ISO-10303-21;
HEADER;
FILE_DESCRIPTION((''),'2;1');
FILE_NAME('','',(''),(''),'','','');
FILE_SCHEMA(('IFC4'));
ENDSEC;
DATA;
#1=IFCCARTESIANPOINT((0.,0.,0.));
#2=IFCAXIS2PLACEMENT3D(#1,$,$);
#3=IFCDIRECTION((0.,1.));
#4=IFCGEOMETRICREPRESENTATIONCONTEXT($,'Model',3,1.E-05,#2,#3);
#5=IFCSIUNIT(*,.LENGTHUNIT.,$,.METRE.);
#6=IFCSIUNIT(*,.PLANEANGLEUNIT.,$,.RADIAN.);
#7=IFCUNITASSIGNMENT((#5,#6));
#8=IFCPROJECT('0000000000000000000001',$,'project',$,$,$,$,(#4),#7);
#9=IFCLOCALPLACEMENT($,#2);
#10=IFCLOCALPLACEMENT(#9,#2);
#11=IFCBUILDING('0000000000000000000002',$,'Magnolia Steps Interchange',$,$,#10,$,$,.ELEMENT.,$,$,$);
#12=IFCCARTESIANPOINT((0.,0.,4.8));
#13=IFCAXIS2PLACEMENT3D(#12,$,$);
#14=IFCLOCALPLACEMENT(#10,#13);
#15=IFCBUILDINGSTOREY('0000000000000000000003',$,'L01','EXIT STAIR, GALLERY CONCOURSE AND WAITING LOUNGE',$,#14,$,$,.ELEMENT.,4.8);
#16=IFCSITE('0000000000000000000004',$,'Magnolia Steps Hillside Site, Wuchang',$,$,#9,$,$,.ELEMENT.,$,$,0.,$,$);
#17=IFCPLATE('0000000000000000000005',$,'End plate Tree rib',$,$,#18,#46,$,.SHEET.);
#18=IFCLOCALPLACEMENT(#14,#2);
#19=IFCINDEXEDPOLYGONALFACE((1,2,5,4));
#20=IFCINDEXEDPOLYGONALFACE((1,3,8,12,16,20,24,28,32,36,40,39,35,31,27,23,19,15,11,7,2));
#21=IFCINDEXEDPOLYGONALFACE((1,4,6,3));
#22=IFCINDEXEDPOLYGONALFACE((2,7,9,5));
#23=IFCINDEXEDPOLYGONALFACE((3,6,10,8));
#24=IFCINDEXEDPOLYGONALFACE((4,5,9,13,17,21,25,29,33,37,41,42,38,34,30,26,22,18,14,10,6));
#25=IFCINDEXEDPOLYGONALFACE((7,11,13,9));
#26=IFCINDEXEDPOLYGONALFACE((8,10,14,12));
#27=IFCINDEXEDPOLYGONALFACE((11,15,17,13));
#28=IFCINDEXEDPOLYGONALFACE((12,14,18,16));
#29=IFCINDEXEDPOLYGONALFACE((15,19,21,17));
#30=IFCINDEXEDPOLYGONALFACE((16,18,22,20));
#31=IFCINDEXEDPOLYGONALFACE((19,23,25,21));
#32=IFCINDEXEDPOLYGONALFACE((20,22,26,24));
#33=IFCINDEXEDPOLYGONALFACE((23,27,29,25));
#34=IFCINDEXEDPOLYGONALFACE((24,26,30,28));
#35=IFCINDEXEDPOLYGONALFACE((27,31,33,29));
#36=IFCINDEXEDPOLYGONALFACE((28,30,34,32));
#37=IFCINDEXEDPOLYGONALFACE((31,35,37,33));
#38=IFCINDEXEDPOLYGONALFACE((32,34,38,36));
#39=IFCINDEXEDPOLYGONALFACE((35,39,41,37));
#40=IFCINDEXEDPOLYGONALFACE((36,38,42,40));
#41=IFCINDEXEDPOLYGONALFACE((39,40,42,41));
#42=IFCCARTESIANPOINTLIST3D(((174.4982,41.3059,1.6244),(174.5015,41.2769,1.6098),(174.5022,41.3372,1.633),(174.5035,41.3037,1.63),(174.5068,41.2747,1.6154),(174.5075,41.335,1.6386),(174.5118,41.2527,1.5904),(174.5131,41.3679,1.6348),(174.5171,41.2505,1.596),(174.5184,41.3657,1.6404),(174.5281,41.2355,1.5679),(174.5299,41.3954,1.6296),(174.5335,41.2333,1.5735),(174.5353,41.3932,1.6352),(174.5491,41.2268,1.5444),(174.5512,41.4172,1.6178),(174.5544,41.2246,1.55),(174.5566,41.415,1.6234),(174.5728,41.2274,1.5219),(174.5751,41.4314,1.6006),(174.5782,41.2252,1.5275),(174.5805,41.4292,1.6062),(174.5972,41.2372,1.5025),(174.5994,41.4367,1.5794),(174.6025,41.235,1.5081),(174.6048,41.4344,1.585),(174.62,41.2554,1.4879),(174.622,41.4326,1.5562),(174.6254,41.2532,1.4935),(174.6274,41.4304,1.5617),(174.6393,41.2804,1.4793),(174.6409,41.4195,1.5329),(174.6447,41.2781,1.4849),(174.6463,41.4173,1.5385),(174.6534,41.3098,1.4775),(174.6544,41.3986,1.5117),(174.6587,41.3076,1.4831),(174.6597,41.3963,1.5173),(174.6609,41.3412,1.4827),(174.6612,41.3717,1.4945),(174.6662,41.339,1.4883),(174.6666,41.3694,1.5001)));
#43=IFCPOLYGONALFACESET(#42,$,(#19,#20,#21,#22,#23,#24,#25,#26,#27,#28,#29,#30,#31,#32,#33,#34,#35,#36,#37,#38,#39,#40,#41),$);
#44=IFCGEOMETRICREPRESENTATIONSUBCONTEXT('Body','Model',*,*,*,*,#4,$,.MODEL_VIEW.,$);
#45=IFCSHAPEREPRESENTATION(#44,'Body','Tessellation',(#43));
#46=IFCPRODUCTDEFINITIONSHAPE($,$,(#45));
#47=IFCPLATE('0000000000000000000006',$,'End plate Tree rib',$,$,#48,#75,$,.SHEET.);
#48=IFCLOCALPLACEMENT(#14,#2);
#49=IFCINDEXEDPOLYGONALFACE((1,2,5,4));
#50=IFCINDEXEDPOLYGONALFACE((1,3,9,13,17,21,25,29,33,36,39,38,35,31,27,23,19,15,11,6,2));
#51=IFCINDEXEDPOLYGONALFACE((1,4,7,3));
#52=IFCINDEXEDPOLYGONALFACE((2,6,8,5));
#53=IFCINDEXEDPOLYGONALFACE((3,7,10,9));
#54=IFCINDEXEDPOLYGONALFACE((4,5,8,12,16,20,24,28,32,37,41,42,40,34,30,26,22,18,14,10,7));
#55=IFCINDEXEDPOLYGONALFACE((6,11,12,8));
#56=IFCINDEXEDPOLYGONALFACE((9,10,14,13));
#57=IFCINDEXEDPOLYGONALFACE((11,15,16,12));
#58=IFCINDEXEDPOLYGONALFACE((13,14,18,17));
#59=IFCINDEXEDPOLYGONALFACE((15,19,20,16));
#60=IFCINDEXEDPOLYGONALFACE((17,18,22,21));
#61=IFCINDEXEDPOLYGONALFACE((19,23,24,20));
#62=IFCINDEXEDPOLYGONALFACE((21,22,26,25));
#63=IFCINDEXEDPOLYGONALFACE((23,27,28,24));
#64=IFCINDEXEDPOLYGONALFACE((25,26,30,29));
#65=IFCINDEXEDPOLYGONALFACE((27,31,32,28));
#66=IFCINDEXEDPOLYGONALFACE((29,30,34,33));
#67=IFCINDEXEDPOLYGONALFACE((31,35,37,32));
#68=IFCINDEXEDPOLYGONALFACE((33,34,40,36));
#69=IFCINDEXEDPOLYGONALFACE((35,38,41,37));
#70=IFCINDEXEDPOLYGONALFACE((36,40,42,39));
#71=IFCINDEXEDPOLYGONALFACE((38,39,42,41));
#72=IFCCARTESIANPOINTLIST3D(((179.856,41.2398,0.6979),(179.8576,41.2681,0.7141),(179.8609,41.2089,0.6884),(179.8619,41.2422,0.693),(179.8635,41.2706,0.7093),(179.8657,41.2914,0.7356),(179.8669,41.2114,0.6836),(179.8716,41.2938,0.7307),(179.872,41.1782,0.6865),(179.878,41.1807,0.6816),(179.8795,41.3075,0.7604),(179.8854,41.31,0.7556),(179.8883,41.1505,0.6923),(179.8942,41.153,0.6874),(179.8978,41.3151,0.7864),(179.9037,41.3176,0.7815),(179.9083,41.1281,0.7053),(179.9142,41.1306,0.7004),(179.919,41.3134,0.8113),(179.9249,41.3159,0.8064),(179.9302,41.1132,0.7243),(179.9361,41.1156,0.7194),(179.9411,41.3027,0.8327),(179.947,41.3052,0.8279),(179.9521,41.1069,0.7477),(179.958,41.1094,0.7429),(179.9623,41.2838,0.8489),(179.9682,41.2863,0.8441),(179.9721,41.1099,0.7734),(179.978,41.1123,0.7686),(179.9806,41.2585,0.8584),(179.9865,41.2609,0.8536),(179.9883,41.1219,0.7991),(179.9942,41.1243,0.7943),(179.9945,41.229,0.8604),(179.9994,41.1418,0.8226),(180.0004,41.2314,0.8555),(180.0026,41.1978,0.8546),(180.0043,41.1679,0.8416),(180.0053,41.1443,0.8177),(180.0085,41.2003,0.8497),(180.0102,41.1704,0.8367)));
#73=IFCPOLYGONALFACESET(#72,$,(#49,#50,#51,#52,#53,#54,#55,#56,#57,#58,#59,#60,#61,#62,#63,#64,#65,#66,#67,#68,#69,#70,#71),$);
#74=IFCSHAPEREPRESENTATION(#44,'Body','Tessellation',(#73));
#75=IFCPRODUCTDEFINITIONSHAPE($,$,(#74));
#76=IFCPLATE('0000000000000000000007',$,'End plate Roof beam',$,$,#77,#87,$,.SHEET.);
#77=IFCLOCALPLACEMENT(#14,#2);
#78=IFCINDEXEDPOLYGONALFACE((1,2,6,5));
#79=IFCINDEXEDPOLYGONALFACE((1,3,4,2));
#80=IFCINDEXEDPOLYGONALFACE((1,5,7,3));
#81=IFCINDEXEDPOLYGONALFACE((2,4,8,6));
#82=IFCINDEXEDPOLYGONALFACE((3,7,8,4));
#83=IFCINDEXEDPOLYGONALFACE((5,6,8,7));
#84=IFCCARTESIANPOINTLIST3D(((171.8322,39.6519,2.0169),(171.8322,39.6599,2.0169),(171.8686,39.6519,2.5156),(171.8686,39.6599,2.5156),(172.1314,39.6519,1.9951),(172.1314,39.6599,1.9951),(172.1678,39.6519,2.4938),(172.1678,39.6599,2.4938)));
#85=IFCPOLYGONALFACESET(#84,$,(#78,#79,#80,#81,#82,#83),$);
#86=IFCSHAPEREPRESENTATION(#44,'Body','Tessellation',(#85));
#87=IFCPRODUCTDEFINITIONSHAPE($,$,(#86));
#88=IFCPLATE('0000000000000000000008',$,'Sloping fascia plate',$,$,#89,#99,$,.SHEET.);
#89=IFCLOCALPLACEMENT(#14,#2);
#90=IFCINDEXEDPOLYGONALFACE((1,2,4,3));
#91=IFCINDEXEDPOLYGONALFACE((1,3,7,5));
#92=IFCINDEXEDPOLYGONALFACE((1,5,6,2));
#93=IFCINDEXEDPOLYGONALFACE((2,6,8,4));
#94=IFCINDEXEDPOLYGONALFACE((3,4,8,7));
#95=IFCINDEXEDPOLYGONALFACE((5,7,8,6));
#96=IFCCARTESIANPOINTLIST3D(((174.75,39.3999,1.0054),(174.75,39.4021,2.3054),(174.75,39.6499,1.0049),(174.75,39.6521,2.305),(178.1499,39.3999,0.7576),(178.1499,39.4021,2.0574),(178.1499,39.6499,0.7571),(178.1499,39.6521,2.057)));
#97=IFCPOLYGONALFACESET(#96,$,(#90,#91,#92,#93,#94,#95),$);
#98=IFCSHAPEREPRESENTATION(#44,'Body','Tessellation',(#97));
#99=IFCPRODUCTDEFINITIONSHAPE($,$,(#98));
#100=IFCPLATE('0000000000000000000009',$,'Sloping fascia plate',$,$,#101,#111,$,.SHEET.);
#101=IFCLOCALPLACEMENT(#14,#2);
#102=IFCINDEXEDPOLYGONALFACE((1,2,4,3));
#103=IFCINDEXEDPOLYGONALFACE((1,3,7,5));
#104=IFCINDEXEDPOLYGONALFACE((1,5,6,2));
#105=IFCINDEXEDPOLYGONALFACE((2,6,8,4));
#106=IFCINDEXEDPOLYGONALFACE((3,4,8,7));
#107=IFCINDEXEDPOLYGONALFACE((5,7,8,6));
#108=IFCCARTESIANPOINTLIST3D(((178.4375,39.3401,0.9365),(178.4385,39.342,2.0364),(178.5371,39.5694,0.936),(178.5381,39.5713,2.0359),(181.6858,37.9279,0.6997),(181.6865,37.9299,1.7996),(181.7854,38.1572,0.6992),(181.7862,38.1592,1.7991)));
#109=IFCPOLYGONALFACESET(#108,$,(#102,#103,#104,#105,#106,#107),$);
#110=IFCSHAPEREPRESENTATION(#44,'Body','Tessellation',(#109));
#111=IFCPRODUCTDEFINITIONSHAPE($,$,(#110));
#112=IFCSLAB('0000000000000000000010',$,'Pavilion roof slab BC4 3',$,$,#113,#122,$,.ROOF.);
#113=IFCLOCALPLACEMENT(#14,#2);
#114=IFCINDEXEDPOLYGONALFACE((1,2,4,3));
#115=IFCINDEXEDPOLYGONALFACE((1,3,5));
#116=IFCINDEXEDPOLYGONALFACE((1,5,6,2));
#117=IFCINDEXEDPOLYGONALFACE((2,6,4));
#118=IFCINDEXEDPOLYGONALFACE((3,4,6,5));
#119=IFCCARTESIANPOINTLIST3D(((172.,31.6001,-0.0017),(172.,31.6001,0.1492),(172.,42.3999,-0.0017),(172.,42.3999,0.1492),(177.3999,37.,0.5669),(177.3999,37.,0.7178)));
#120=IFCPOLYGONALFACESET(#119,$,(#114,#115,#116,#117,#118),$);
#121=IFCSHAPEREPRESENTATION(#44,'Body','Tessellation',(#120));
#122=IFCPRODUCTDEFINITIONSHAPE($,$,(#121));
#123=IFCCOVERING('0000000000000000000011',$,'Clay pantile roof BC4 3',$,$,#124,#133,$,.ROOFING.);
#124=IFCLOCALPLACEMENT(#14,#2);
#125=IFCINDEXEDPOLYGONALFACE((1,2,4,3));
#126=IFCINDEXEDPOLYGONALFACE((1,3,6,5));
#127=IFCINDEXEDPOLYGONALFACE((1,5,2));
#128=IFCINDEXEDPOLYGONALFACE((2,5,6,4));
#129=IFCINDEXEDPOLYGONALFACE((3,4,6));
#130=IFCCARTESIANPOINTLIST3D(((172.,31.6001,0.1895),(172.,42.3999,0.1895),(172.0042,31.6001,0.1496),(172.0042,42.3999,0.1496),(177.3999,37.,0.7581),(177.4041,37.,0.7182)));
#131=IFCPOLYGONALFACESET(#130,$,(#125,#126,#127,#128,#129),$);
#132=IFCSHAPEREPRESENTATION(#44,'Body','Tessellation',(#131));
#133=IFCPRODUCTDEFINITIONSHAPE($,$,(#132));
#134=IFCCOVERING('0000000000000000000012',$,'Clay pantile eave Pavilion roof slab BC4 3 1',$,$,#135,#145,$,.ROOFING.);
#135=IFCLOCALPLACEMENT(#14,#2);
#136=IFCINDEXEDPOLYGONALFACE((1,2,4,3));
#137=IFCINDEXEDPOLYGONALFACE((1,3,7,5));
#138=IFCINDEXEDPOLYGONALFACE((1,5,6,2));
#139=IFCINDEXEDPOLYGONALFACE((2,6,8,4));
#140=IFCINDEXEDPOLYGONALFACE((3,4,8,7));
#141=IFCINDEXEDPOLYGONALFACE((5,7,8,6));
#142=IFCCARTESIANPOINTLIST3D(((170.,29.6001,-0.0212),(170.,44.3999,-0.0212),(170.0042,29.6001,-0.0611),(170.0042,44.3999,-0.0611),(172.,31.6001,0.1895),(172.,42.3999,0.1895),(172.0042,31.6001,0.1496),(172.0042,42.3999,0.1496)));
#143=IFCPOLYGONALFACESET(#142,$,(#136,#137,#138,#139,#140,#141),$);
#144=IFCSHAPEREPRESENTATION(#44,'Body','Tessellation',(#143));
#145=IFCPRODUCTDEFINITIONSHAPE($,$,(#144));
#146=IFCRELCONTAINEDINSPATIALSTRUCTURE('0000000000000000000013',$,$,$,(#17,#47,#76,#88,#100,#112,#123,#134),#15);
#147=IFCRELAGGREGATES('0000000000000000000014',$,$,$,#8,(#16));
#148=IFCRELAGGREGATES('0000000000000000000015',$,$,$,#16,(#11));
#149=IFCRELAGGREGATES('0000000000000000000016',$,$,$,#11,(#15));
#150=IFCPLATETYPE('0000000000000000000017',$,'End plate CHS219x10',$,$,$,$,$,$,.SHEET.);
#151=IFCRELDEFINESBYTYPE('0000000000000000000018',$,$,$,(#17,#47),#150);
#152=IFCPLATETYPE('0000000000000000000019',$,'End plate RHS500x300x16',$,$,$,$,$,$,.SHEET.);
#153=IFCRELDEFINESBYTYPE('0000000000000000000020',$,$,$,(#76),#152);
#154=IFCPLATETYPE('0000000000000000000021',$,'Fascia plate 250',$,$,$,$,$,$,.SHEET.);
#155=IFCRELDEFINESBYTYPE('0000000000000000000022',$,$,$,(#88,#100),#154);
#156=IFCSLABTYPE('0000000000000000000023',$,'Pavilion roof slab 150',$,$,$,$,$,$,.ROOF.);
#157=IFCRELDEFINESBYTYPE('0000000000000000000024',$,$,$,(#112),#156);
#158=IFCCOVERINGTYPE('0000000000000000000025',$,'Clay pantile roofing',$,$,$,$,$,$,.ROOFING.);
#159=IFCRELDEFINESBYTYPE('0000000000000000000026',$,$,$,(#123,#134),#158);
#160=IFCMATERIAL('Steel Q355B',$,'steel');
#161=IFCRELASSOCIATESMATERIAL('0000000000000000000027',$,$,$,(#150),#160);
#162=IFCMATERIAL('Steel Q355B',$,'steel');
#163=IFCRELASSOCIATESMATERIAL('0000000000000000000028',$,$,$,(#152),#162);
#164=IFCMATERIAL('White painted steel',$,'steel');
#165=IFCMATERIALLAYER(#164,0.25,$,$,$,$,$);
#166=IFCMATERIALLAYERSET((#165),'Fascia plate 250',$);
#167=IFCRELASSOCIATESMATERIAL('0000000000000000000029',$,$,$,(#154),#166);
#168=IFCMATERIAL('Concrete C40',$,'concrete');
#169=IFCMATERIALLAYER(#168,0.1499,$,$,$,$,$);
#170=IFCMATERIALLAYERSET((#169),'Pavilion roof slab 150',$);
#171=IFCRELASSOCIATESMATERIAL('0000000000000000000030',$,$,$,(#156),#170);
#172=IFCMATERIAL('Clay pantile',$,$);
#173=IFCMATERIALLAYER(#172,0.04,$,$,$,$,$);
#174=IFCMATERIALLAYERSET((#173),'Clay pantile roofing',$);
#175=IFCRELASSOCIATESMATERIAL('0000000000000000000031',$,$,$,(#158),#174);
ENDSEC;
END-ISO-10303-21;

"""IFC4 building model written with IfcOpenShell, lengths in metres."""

from ifc_helpers import new_model, si_unit, direction, frame, origin, origin_2d, place, context, subcontext, project, spatial, polyline, rectangle, circle, outline, extrude, material, layer, layer_set, material_profile, profile_set, type_object, element, save


model = new_model("IFC4")

# Units and contexts
model_context = context("Model", 3, precision=1e-05, world=origin(), true_north=direction((0.0, 1.0)))
body_context = subcontext(model_context, "Body", "Model", "MODEL_VIEW")
ifc_project = project(units=[si_unit("LENGTHUNIT", "METRE"), si_unit("PLANEANGLEUNIT", "RADIAN")], contexts=[model_context])

# Site, building, storey
site_placement = place(None, origin())
site = spatial("IfcSite", under=ifc_project, at=site_placement, Name="Magnolia Steps Hillside Site, Wuchang", CompositionType="ELEMENT", RefElevation=0.0)
building_placement = place(site_placement, origin())
building = spatial("IfcBuilding", under=site, at=building_placement, Name="Magnolia Steps Interchange", CompositionType="ELEMENT")
storey_placement = place(building_placement, frame((0.0, 0.0, 4.8)))
storey = spatial("IfcBuildingStorey", under=building, at=storey_placement, Name="L01", Description="EXIT STAIR, GALLERY CONCOURSE AND WAITING LOUNGE", CompositionType="ELEMENT", Elevation=4.8)

# Plates
ifc_material_1 = material(Name="Steel Q355B", Category="steel")
ifc_material_profile_1 = material_profile(ifc_material_1, circle(Radius=0.1096, at=origin_2d()), Name="End plate CHS219x10")
ifc_profile_set_1 = profile_set([ifc_material_profile_1], Name="Steel Q355B")
plate_type_1 = type_object("IfcPlateType", Name="End plate CHS219x10", PredefinedType="SHEET", material=ifc_profile_set_1)
for number, where, z_axis, x_axis, name in (
    (1, (174.5801, 41.3313, 1.5562), (0.664583, -0.275279, 0.694658), (0.382683, 0.92388, 0.0), "End plate Tree rib"),
    (2, (179.936, 41.2136, 0.7686), (-0.734831, -0.304377, 0.606117), (0.382683, -0.92388, 0.0), "End plate Tree rib"),
):
    element("IfcPlate", number, at=place(storey_placement, frame(where, z_axis=z_axis, x_axis=x_axis)), inside=storey, type_object=plate_type_1, Name=name, PredefinedType="SHEET", context=body_context, shape_type="SweptSolid", body=[
        extrude(circle(Radius=0.1096, at=origin_2d()), origin(), (0.0, 0.0, 1.0), 0.0081),
    ])
ifc_material_2 = material(Name="Steel Q355B", Category="steel")
ifc_material_profile_2 = material_profile(ifc_material_2, rectangle(XDim=0.3, YDim=0.5, at=origin_2d()), Name="End plate RHS500x300x16")
ifc_profile_set_2 = profile_set([ifc_material_profile_2], Name="Steel Q355B")
plate_type_2 = type_object("IfcPlateType", Name="End plate RHS500x300x16", PredefinedType="SHEET", material=ifc_profile_set_2)
plate_1_placement = place(storey_placement, frame((172.0, 39.6599, 2.2554), z_axis=(0.0, -1.0, 0.0), x_axis=(0.997352, 0.0, -0.072724)))
element("IfcPlate", 3, at=plate_1_placement, inside=storey, type_object=plate_type_2, Name="End plate Roof beam", PredefinedType="SHEET", context=body_context, shape_type="SweptSolid", body=[
    extrude(rectangle(XDim=0.3, YDim=0.5, at=origin_2d()), origin(), (0.0, 0.0, 1.0), 0.0081),
])
ifc_material_3 = material(Name="White painted steel", Category="steel")
ifc_layer_1 = layer(ifc_material_3, 0.25)
ifc_layer_set_1 = layer_set([ifc_layer_1], Name="Fascia plate 250")
plate_type_3 = type_object("IfcPlateType", Name="Fascia plate 250", PredefinedType="SHEET", material=ifc_layer_set_1)
plate_2_placement = place(storey_placement, frame((174.75, 39.3999, 1.0054), z_axis=(0.000123, -0.999999, 0.00169), x_axis=(0.997354, 0.0, -0.072692)))
element("IfcPlate", 4, at=plate_2_placement, inside=storey, type_object=plate_type_3, Name="Sloping fascia plate", PredefinedType="SHEET", context=body_context, shape_type="SweptSolid", body=[
    extrude(outline(polyline([(0.0, 0.0), (3.4089, 0.0), (3.3144, 1.2964), (-0.0945, 1.2966), (0.0, 0.0)])), origin(), (0.0, 0.0, -1.0), 0.25),
])
plate_3_placement = place(storey_placement, frame((178.4375, 39.3401, 0.9365), z_axis=(-0.398574, -0.917134, 0.001938), x_axis=(0.915041, -0.397805, -0.066711)))
element("IfcPlate", 5, at=plate_3_placement, inside=storey, type_object=plate_type_3, Name="Sloping fascia plate", PredefinedType="SHEET", context=body_context, shape_type="SweptSolid", body=[
    extrude(outline(polyline([(0.0, 0.0), (3.5499, 0.0), (3.4764, 1.0974), (-0.0733, 1.0974), (0.0, 0.0)])), origin(), (0.0, 0.0, -1.0), 0.25),
])

# Slab
ifc_material_4 = material(Name="Concrete C40", Category="concrete")
ifc_layer_2 = layer(ifc_material_4, 0.1499)
ifc_layer_set_2 = layer_set([ifc_layer_2], Name="Pavilion roof slab 150")
slab_type_1 = type_object("IfcSlabType", Name="Pavilion roof slab 150", PredefinedType="ROOF", material=ifc_layer_set_2)
slab_1_placement = place(storey_placement, frame((172.0, 42.3999, 0.1492), z_axis=(-0.10472, 0.0, 0.994502), x_axis=(0.0, -1.0, 0.0)))
element("IfcSlab", 6, at=slab_1_placement, inside=storey, type_object=slab_type_1, Name="Pavilion roof slab BC4 3", PredefinedType="ROOF", context=body_context, shape_type="SweptSolid", body=[
    extrude(outline(polyline([(0.0, 0.0), (10.7998, 0.0), (5.3999, 5.4298), (0.0, 0.0)])), origin(), (0.0, -0.10472, -0.994502), 0.1509),
])

# Coverings
ifc_material_5 = material(Name="Clay pantile")
ifc_layer_3 = layer(ifc_material_5, 0.04)
ifc_layer_set_3 = layer_set([ifc_layer_3], Name="Clay pantile roofing")
covering_type = type_object("IfcCoveringType", Name="Clay pantile roofing", PredefinedType="ROOFING", material=ifc_layer_set_3)
covering_1_placement = place(storey_placement, frame((172.0, 42.3999, 0.1895), z_axis=(-0.10472, 0.0, 0.994502), x_axis=(0.0, -1.0, 0.0)))
element("IfcCovering", 7, at=covering_1_placement, inside=storey, type_object=covering_type, Name="Clay pantile roof BC4 3", PredefinedType="ROOFING", context=body_context, shape_type="SweptSolid", body=[
    extrude(outline(polyline([(0.0, 0.0), (10.7998, 0.0), (5.3999, 5.4298), (0.0, 0.0)])), origin(), (0.0, 0.0, -1.0), 0.04),
])
covering_2_placement = place(storey_placement, frame((172.0, 42.3999, 0.1895), z_axis=(-0.104767, 0.0, 0.994497), x_axis=(0.0, -1.0, 0.0)))
element("IfcCovering", 8, at=covering_2_placement, inside=storey, type_object=covering_type, Name="Clay pantile eave Pavilion roof slab BC4 3 1", PredefinedType="ROOFING", context=body_context, shape_type="SweptSolid", body=[
    extrude(outline(polyline([(0.0, 0.0), (10.7998, 0.0), (12.7998, -2.0111), (-2.0, -2.0111), (0.0, 0.0)])), origin(), (0.0, 0.0, -1.0), 0.04),
])

save(model, "model.ifc")
